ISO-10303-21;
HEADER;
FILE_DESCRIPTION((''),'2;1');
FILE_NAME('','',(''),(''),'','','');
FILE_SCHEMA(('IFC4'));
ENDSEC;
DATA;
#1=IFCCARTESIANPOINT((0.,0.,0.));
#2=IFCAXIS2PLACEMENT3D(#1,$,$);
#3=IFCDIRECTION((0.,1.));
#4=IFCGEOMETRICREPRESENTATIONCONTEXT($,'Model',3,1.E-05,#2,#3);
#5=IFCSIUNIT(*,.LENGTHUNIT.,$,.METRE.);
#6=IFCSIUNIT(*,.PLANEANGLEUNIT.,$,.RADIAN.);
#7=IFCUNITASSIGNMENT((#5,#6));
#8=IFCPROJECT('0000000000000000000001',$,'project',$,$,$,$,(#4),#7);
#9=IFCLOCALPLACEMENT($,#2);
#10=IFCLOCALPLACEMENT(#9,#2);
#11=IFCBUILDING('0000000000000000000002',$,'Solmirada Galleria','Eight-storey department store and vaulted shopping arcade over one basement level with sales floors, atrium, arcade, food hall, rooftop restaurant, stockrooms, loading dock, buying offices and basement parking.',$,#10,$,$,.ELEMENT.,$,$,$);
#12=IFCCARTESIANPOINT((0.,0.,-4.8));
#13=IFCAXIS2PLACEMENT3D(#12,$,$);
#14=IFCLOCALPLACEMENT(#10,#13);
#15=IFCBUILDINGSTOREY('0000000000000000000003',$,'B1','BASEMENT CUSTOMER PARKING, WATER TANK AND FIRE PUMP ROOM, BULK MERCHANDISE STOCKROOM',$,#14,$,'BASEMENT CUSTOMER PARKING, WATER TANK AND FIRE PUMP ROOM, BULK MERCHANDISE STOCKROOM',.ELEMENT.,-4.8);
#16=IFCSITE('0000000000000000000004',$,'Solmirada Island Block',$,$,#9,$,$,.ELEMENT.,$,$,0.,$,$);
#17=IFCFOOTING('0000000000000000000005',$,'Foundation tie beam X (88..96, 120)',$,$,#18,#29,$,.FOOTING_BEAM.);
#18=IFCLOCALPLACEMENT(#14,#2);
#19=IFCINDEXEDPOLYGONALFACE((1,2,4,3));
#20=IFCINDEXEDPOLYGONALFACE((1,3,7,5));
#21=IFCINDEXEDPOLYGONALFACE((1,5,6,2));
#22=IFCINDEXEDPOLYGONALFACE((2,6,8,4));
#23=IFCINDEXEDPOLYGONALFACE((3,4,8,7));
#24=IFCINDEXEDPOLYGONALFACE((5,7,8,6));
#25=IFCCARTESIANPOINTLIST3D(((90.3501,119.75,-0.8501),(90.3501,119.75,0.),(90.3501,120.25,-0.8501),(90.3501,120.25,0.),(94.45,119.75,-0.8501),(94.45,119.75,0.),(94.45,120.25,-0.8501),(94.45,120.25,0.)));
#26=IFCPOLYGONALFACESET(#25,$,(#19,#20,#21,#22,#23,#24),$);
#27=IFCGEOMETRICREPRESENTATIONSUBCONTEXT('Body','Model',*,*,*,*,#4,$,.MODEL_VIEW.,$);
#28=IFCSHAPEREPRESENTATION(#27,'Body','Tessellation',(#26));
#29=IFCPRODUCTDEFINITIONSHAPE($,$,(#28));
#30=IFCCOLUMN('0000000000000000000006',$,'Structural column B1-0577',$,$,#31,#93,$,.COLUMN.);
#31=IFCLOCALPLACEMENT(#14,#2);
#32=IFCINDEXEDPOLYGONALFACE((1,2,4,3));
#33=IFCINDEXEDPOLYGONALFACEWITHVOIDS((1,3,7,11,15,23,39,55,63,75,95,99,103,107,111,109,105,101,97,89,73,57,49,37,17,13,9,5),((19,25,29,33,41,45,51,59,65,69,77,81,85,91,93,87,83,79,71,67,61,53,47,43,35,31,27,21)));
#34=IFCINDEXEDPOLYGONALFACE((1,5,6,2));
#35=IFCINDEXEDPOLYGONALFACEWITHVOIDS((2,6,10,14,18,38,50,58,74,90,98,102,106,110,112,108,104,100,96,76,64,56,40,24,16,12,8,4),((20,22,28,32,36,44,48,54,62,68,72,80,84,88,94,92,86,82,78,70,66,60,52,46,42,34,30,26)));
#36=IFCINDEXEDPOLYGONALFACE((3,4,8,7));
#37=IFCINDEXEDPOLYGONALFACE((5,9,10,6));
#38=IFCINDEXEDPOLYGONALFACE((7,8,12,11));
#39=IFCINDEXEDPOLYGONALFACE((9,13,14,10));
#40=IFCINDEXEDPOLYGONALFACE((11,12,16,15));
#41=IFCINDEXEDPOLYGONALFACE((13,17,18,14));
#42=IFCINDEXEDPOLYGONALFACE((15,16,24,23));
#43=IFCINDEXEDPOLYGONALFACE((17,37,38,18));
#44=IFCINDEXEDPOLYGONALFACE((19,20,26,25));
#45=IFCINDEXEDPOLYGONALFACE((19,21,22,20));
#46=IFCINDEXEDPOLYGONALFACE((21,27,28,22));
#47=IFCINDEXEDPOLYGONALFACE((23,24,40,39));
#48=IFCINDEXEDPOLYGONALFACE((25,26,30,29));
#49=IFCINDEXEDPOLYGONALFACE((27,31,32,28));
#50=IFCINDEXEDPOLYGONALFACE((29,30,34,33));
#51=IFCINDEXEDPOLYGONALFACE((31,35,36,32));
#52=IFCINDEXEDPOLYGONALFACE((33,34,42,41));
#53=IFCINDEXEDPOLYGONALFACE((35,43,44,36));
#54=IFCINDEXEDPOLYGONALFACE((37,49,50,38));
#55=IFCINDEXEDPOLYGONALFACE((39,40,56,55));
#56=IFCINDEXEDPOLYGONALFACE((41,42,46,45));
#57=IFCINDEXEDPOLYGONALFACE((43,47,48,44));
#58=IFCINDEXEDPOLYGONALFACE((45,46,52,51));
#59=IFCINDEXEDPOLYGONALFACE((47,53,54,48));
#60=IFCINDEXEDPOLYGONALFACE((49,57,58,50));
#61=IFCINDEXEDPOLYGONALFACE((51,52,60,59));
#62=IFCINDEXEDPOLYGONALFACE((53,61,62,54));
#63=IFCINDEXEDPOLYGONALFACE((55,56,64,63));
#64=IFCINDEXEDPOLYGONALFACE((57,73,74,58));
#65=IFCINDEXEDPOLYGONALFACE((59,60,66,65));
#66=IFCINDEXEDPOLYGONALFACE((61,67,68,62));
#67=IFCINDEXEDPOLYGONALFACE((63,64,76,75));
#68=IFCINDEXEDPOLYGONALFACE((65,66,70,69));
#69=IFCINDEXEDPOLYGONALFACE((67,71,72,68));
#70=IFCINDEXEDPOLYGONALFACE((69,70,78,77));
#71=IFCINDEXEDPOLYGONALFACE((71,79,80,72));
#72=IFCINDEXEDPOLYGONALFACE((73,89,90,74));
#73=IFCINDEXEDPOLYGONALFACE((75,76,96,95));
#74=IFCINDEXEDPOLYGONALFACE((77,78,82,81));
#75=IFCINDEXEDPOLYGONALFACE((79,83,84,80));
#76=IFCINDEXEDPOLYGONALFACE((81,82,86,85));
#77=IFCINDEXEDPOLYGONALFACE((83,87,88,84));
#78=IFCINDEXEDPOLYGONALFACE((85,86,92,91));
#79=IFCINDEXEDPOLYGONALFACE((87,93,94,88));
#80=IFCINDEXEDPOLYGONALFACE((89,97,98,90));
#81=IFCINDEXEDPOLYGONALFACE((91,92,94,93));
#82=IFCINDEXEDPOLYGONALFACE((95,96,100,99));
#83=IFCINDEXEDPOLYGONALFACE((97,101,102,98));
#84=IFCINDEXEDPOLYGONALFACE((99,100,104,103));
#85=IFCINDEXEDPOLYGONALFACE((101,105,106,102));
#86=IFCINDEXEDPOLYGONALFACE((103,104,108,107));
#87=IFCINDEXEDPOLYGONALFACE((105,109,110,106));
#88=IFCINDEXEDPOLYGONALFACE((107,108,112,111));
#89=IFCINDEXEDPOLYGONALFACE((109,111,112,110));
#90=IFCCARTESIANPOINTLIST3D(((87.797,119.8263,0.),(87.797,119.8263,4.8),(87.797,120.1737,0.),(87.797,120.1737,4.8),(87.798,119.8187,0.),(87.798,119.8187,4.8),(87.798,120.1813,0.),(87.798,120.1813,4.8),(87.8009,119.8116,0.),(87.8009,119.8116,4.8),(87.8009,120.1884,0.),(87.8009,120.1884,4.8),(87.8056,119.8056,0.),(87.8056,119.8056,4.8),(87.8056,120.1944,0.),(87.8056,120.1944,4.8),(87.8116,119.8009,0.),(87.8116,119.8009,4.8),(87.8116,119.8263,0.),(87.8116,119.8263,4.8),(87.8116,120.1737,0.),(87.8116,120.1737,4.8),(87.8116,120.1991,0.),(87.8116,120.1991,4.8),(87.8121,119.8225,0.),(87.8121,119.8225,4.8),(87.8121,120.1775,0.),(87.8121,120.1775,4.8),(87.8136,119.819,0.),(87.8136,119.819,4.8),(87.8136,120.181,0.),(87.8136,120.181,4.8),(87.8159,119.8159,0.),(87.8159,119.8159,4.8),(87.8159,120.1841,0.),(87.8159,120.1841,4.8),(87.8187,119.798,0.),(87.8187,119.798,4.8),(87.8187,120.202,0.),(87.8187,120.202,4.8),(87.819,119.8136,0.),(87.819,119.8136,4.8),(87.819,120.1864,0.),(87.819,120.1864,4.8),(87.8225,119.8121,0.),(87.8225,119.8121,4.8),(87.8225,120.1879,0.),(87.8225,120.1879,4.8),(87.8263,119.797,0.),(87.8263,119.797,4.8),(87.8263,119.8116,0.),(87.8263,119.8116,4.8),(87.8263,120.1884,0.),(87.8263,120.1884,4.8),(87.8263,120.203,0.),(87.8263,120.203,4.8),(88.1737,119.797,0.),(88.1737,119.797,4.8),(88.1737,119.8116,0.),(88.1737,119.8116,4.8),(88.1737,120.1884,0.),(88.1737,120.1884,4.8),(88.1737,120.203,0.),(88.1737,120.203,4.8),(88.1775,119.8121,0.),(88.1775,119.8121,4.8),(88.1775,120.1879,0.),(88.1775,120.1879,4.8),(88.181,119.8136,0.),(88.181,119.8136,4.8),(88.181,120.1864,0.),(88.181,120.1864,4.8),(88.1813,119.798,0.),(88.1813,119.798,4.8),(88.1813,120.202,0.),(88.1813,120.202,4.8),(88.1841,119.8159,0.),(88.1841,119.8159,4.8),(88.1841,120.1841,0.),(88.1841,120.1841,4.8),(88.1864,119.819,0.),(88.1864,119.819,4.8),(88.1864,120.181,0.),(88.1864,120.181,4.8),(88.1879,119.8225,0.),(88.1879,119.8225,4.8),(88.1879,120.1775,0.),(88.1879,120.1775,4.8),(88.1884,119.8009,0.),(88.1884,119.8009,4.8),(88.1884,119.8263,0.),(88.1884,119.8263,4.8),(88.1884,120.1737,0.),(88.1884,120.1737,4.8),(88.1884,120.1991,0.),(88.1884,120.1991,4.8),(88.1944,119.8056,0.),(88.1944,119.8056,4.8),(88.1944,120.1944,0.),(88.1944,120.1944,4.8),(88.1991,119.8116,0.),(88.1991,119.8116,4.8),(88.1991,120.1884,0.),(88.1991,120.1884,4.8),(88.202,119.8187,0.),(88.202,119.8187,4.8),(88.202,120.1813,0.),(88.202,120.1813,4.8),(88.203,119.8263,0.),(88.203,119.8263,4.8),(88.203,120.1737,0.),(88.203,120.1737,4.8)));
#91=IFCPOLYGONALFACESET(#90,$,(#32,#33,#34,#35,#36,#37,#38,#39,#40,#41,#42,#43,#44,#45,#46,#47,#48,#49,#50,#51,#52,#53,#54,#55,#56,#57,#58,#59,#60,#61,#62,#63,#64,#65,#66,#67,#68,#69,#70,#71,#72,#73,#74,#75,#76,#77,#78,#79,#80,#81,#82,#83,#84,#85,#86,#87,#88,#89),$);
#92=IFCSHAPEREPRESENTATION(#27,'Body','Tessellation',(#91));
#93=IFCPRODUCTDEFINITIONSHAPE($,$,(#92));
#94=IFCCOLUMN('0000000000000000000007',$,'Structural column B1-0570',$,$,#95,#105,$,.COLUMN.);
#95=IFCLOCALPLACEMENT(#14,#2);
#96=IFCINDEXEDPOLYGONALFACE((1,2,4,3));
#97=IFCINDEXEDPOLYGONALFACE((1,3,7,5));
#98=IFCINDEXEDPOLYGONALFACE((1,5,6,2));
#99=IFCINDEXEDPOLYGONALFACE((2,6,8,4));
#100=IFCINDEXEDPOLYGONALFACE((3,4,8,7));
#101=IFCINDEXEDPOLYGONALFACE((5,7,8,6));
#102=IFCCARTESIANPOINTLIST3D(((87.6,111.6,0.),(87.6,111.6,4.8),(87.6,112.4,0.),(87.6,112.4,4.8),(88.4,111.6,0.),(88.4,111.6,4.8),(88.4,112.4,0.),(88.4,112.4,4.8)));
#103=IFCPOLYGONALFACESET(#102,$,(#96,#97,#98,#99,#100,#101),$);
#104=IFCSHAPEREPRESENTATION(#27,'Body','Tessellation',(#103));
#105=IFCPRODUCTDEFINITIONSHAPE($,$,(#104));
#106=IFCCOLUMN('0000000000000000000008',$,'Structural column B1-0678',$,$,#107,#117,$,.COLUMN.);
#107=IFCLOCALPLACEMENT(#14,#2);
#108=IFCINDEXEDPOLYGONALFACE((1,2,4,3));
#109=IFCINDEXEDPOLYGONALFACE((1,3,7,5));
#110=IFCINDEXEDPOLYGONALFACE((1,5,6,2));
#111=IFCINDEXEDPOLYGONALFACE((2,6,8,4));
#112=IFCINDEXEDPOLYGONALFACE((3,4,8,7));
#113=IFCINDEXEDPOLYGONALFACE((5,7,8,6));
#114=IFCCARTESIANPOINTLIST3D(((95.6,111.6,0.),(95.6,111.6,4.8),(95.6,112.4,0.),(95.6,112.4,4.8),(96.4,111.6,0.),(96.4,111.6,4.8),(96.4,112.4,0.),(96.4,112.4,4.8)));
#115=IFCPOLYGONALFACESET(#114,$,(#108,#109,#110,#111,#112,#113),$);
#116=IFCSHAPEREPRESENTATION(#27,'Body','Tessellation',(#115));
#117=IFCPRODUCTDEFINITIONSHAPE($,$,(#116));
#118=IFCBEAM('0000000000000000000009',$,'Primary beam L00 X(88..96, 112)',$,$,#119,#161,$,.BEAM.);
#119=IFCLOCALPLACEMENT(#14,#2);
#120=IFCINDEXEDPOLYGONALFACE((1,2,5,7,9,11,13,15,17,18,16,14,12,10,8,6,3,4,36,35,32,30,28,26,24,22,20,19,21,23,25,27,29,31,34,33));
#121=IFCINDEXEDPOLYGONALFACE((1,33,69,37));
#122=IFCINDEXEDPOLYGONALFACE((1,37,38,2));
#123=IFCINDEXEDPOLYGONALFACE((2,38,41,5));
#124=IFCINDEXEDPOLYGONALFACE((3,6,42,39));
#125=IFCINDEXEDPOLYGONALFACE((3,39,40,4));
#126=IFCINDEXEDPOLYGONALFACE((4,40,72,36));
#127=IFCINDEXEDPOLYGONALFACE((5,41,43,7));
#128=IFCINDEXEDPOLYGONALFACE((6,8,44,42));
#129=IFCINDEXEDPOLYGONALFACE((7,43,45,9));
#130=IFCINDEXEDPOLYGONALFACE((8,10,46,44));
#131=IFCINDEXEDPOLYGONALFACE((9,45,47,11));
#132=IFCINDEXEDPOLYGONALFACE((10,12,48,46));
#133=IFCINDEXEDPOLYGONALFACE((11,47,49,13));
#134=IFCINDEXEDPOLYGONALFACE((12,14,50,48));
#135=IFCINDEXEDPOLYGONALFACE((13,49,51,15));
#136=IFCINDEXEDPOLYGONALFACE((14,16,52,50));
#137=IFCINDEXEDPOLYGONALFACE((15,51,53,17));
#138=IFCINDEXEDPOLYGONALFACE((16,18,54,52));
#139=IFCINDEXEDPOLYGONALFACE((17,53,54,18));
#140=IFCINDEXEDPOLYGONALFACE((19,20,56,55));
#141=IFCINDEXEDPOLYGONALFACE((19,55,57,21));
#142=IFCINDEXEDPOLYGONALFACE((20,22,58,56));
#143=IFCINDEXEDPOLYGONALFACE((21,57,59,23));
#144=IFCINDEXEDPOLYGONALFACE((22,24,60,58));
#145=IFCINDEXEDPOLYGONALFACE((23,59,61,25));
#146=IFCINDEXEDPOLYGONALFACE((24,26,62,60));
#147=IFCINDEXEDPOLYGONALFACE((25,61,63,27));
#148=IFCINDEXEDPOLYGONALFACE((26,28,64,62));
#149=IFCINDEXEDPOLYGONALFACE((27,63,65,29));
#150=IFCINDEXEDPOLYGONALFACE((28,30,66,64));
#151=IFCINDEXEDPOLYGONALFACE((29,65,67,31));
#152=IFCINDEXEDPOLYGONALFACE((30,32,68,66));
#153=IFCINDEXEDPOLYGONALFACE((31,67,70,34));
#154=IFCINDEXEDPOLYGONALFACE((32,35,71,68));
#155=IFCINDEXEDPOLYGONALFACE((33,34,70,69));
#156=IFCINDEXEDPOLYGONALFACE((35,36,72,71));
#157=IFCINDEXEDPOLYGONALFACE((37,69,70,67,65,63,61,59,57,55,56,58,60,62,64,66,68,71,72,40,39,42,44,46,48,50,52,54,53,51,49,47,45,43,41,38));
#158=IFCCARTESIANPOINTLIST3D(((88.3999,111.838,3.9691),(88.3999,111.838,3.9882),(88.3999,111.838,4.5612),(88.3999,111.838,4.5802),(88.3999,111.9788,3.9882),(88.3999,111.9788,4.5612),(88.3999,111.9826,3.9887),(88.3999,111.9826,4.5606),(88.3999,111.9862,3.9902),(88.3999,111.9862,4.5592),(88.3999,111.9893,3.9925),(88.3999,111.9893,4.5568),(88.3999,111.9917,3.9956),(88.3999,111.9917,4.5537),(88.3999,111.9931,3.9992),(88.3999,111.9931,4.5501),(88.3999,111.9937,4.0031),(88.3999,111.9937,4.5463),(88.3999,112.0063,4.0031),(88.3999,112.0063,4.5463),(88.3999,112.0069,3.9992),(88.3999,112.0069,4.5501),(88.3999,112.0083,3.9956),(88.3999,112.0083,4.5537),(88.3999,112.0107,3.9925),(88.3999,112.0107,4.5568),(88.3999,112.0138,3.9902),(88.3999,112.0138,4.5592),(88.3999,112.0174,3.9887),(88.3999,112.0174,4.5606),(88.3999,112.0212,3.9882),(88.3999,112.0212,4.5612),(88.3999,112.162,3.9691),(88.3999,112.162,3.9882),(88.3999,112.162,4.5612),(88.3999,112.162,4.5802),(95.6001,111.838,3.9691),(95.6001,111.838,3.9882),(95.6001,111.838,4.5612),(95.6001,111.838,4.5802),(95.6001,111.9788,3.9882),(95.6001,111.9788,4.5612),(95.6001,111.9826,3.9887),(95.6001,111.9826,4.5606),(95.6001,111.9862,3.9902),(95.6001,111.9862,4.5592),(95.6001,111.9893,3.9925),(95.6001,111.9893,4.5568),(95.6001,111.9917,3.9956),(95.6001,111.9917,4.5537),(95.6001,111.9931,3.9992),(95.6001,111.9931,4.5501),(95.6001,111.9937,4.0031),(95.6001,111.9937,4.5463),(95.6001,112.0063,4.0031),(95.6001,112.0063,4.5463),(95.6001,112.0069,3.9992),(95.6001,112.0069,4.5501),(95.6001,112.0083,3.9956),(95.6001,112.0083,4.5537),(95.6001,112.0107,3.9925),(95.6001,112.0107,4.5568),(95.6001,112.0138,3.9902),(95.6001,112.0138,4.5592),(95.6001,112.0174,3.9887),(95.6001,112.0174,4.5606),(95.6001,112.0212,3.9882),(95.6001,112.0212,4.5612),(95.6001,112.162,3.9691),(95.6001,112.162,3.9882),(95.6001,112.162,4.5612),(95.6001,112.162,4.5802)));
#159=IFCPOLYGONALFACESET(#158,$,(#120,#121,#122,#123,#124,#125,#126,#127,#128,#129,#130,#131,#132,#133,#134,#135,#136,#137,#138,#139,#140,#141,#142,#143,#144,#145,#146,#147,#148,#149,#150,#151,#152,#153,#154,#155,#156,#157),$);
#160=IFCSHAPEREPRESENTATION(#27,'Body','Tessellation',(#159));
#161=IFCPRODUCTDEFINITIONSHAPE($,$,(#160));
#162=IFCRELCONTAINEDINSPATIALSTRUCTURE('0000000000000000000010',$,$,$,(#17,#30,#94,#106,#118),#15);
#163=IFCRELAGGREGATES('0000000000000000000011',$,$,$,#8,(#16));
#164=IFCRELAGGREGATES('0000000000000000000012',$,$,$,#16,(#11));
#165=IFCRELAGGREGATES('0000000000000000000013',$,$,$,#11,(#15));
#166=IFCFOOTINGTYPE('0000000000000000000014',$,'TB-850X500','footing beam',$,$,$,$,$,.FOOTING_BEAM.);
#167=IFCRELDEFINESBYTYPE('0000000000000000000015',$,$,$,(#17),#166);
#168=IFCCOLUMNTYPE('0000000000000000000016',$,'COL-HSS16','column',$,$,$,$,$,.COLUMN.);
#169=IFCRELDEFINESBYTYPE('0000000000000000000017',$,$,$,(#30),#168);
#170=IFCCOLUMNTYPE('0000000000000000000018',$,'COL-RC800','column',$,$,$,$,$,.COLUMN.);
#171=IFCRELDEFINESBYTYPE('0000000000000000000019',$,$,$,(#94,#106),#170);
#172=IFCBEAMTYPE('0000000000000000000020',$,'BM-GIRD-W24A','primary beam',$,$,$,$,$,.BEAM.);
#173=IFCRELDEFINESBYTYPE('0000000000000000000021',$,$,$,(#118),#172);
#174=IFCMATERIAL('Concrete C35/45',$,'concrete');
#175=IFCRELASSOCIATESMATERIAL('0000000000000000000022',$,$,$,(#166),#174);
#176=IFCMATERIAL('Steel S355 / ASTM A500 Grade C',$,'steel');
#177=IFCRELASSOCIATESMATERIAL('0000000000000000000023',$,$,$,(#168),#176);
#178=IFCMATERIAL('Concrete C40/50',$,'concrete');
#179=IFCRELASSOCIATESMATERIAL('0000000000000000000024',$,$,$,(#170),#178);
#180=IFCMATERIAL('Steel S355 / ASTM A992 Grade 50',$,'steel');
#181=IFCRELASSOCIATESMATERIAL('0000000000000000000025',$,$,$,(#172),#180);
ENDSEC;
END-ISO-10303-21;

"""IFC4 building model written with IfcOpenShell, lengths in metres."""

from ifc_helpers import new_model, si_unit, direction, frame, origin, origin_2d, place, context, subcontext, project, spatial, rectangle, hollow_rectangle, i_section, extrude, material, material_profile, profile_set, type_object, element, save


model = new_model("IFC4")

# Units and contexts
model_context = context("Model", 3, precision=1e-05, world=origin(), true_north=direction((0.0, 1.0)))
body_context = subcontext(model_context, "Body", "Model", "MODEL_VIEW")
ifc_project = project(units=[si_unit("LENGTHUNIT", "METRE"), si_unit("PLANEANGLEUNIT", "RADIAN")], contexts=[model_context])

# Site, building, storey
site_placement = place(None, origin())
site = spatial("IfcSite", under=ifc_project, at=site_placement, Name="Solmirada Island Block", CompositionType="ELEMENT", RefElevation=0.0)
building_placement = place(site_placement, origin())
building = spatial("IfcBuilding", under=site, at=building_placement, Name="Solmirada Galleria", Description="Eight-storey department store and vaulted shopping arcade over one basement level with sales floors, atrium, arcade, food hall, rooftop restaurant, stockrooms, loading dock, buying offices and basement parking.", CompositionType="ELEMENT")
storey_placement = place(building_placement, frame((0.0, 0.0, -4.8)))
storey = spatial("IfcBuildingStorey", under=building, at=storey_placement, Name="B1", Description="BASEMENT CUSTOMER PARKING, WATER TANK AND FIRE PUMP ROOM, BULK MERCHANDISE STOCKROOM", LongName="BASEMENT CUSTOMER PARKING, WATER TANK AND FIRE PUMP ROOM, BULK MERCHANDISE STOCKROOM", CompositionType="ELEMENT", Elevation=-4.8)

# Shared definitions
ifc_material_1 = material(Name="Concrete C35/45", Category="concrete")

# Shared definitions
ifc_material_2 = material(Name="Concrete C40/50", Category="concrete")

# Footing
ifc_material_profile_1 = material_profile(ifc_material_1, rectangle(XDim=0.5, YDim=0.8501, at=origin_2d()), Name="RC850X500")
ifc_profile_set_1 = profile_set([ifc_material_profile_1], Name="Concrete C35/45")
footing_type_1 = type_object("IfcFootingType", Name="TB-850X500", Description="footing beam", PredefinedType="FOOTING_BEAM", material=ifc_profile_set_1)
footing_1_placement = place(storey_placement, frame((90.3501, 120.0, -0.425), z_axis=(1.0, 0.0, 0.0), x_axis=(0.0, 1.0, 0.0)))
element("IfcFooting", 1, at=footing_1_placement, inside=storey, type_object=footing_type_1, Name="Foundation tie beam X (88..96, 120)", PredefinedType="FOOTING_BEAM", context=body_context, shape_type="SweptSolid", body=[
    extrude(rectangle(XDim=0.5, YDim=0.8501, at=origin_2d()), origin(), (0.0, 0.0, 1.0), 4.0999),
])

# Columns
ifc_material_3 = material(Name="Steel S355 / ASTM A500 Grade C", Category="steel")
ifc_material_profile_2 = material_profile(ifc_material_3, hollow_rectangle(XDim=0.406, YDim=0.406, WallThickness=0.0146, InnerFilletRadius=0.0146, OuterFilletRadius=0.0293, at=origin_2d()), Name="HSS16X16X5/8")
ifc_profile_set_2 = profile_set([ifc_material_profile_2], Name="Steel S355 / ASTM A500 Grade C")
column_type_1 = type_object("IfcColumnType", Name="COL-HSS16", Description="column", PredefinedType="COLUMN", material=ifc_profile_set_2)
column_placement = place(storey_placement, frame((88.0, 120.0, 0.0), z_axis=(0.0, 0.0, 1.0), x_axis=(1.0, 0.0, 0.0)))
element("IfcColumn", 2, at=column_placement, inside=storey, type_object=column_type_1, Name="Structural column B1-0577", PredefinedType="COLUMN", context=body_context, shape_type="SweptSolid", body=[
    extrude(hollow_rectangle(XDim=0.406, YDim=0.406, WallThickness=0.0146, InnerFilletRadius=0.0146, OuterFilletRadius=0.0293, at=origin_2d()), origin(), (0.0, 0.0, 1.0), 4.8),
])
ifc_material_profile_3 = material_profile(ifc_material_2, rectangle(XDim=0.8, YDim=0.8, at=origin_2d()), Name="RC800X800")
ifc_profile_set_3 = profile_set([ifc_material_profile_3], Name="Concrete C40/50")
column_type_2 = type_object("IfcColumnType", Name="COL-RC800", Description="column", PredefinedType="COLUMN", material=ifc_profile_set_3)
for number, where, z_axis, x_axis, name in (
    (3, (88.0, 112.0, 0.0), (0.0, 0.0, 1.0), (1.0, 0.0, 0.0), "Structural column B1-0570"),
    (4, (96.0, 112.0, 0.0), (0.0, 0.0, 1.0), (1.0, 0.0, 0.0), "Structural column B1-0678"),
):
    element("IfcColumn", number, at=place(storey_placement, frame(where, z_axis=z_axis, x_axis=x_axis)), inside=storey, type_object=column_type_2, Name=name, PredefinedType="COLUMN", context=body_context, shape_type="SweptSolid", body=[
        extrude(rectangle(XDim=0.8, YDim=0.8, at=origin_2d()), origin(), (0.0, 0.0, 1.0), 4.8),
    ])

# Beam
ifc_material_4 = material(Name="Steel S355 / ASTM A992 Grade 50", Category="steel")
ifc_material_profile_4 = material_profile(ifc_material_4, i_section(OverallWidth=0.324, OverallDepth=0.6111, WebThickness=0.0127, FlangeThickness=0.019, FilletRadius=0.0149, at=origin_2d()), Name="W24X104")
ifc_profile_set_4 = profile_set([ifc_material_profile_4], Name="Steel S355 / ASTM A992 Grade 50")
beam_type_1 = type_object("IfcBeamType", Name="BM-GIRD-W24A", Description="primary beam", PredefinedType="BEAM", material=ifc_profile_set_4)
beam_1_placement = place(storey_placement, frame((88.3999, 112.0, 4.2747), z_axis=(1.0, 0.0, 0.0), x_axis=(0.0, 1.0, 0.0)))
element("IfcBeam", 5, at=beam_1_placement, inside=storey, type_object=beam_type_1, Name="Primary beam L00 X(88..96, 112)", PredefinedType="BEAM", context=body_context, shape_type="SweptSolid", body=[
    extrude(i_section(OverallWidth=0.324, OverallDepth=0.6111, WebThickness=0.0127, FlangeThickness=0.019, FilletRadius=0.0149, at=origin_2d()), origin(), (0.0, 0.0, 1.0), 7.2002),
])

save(model, "model.ifc")
